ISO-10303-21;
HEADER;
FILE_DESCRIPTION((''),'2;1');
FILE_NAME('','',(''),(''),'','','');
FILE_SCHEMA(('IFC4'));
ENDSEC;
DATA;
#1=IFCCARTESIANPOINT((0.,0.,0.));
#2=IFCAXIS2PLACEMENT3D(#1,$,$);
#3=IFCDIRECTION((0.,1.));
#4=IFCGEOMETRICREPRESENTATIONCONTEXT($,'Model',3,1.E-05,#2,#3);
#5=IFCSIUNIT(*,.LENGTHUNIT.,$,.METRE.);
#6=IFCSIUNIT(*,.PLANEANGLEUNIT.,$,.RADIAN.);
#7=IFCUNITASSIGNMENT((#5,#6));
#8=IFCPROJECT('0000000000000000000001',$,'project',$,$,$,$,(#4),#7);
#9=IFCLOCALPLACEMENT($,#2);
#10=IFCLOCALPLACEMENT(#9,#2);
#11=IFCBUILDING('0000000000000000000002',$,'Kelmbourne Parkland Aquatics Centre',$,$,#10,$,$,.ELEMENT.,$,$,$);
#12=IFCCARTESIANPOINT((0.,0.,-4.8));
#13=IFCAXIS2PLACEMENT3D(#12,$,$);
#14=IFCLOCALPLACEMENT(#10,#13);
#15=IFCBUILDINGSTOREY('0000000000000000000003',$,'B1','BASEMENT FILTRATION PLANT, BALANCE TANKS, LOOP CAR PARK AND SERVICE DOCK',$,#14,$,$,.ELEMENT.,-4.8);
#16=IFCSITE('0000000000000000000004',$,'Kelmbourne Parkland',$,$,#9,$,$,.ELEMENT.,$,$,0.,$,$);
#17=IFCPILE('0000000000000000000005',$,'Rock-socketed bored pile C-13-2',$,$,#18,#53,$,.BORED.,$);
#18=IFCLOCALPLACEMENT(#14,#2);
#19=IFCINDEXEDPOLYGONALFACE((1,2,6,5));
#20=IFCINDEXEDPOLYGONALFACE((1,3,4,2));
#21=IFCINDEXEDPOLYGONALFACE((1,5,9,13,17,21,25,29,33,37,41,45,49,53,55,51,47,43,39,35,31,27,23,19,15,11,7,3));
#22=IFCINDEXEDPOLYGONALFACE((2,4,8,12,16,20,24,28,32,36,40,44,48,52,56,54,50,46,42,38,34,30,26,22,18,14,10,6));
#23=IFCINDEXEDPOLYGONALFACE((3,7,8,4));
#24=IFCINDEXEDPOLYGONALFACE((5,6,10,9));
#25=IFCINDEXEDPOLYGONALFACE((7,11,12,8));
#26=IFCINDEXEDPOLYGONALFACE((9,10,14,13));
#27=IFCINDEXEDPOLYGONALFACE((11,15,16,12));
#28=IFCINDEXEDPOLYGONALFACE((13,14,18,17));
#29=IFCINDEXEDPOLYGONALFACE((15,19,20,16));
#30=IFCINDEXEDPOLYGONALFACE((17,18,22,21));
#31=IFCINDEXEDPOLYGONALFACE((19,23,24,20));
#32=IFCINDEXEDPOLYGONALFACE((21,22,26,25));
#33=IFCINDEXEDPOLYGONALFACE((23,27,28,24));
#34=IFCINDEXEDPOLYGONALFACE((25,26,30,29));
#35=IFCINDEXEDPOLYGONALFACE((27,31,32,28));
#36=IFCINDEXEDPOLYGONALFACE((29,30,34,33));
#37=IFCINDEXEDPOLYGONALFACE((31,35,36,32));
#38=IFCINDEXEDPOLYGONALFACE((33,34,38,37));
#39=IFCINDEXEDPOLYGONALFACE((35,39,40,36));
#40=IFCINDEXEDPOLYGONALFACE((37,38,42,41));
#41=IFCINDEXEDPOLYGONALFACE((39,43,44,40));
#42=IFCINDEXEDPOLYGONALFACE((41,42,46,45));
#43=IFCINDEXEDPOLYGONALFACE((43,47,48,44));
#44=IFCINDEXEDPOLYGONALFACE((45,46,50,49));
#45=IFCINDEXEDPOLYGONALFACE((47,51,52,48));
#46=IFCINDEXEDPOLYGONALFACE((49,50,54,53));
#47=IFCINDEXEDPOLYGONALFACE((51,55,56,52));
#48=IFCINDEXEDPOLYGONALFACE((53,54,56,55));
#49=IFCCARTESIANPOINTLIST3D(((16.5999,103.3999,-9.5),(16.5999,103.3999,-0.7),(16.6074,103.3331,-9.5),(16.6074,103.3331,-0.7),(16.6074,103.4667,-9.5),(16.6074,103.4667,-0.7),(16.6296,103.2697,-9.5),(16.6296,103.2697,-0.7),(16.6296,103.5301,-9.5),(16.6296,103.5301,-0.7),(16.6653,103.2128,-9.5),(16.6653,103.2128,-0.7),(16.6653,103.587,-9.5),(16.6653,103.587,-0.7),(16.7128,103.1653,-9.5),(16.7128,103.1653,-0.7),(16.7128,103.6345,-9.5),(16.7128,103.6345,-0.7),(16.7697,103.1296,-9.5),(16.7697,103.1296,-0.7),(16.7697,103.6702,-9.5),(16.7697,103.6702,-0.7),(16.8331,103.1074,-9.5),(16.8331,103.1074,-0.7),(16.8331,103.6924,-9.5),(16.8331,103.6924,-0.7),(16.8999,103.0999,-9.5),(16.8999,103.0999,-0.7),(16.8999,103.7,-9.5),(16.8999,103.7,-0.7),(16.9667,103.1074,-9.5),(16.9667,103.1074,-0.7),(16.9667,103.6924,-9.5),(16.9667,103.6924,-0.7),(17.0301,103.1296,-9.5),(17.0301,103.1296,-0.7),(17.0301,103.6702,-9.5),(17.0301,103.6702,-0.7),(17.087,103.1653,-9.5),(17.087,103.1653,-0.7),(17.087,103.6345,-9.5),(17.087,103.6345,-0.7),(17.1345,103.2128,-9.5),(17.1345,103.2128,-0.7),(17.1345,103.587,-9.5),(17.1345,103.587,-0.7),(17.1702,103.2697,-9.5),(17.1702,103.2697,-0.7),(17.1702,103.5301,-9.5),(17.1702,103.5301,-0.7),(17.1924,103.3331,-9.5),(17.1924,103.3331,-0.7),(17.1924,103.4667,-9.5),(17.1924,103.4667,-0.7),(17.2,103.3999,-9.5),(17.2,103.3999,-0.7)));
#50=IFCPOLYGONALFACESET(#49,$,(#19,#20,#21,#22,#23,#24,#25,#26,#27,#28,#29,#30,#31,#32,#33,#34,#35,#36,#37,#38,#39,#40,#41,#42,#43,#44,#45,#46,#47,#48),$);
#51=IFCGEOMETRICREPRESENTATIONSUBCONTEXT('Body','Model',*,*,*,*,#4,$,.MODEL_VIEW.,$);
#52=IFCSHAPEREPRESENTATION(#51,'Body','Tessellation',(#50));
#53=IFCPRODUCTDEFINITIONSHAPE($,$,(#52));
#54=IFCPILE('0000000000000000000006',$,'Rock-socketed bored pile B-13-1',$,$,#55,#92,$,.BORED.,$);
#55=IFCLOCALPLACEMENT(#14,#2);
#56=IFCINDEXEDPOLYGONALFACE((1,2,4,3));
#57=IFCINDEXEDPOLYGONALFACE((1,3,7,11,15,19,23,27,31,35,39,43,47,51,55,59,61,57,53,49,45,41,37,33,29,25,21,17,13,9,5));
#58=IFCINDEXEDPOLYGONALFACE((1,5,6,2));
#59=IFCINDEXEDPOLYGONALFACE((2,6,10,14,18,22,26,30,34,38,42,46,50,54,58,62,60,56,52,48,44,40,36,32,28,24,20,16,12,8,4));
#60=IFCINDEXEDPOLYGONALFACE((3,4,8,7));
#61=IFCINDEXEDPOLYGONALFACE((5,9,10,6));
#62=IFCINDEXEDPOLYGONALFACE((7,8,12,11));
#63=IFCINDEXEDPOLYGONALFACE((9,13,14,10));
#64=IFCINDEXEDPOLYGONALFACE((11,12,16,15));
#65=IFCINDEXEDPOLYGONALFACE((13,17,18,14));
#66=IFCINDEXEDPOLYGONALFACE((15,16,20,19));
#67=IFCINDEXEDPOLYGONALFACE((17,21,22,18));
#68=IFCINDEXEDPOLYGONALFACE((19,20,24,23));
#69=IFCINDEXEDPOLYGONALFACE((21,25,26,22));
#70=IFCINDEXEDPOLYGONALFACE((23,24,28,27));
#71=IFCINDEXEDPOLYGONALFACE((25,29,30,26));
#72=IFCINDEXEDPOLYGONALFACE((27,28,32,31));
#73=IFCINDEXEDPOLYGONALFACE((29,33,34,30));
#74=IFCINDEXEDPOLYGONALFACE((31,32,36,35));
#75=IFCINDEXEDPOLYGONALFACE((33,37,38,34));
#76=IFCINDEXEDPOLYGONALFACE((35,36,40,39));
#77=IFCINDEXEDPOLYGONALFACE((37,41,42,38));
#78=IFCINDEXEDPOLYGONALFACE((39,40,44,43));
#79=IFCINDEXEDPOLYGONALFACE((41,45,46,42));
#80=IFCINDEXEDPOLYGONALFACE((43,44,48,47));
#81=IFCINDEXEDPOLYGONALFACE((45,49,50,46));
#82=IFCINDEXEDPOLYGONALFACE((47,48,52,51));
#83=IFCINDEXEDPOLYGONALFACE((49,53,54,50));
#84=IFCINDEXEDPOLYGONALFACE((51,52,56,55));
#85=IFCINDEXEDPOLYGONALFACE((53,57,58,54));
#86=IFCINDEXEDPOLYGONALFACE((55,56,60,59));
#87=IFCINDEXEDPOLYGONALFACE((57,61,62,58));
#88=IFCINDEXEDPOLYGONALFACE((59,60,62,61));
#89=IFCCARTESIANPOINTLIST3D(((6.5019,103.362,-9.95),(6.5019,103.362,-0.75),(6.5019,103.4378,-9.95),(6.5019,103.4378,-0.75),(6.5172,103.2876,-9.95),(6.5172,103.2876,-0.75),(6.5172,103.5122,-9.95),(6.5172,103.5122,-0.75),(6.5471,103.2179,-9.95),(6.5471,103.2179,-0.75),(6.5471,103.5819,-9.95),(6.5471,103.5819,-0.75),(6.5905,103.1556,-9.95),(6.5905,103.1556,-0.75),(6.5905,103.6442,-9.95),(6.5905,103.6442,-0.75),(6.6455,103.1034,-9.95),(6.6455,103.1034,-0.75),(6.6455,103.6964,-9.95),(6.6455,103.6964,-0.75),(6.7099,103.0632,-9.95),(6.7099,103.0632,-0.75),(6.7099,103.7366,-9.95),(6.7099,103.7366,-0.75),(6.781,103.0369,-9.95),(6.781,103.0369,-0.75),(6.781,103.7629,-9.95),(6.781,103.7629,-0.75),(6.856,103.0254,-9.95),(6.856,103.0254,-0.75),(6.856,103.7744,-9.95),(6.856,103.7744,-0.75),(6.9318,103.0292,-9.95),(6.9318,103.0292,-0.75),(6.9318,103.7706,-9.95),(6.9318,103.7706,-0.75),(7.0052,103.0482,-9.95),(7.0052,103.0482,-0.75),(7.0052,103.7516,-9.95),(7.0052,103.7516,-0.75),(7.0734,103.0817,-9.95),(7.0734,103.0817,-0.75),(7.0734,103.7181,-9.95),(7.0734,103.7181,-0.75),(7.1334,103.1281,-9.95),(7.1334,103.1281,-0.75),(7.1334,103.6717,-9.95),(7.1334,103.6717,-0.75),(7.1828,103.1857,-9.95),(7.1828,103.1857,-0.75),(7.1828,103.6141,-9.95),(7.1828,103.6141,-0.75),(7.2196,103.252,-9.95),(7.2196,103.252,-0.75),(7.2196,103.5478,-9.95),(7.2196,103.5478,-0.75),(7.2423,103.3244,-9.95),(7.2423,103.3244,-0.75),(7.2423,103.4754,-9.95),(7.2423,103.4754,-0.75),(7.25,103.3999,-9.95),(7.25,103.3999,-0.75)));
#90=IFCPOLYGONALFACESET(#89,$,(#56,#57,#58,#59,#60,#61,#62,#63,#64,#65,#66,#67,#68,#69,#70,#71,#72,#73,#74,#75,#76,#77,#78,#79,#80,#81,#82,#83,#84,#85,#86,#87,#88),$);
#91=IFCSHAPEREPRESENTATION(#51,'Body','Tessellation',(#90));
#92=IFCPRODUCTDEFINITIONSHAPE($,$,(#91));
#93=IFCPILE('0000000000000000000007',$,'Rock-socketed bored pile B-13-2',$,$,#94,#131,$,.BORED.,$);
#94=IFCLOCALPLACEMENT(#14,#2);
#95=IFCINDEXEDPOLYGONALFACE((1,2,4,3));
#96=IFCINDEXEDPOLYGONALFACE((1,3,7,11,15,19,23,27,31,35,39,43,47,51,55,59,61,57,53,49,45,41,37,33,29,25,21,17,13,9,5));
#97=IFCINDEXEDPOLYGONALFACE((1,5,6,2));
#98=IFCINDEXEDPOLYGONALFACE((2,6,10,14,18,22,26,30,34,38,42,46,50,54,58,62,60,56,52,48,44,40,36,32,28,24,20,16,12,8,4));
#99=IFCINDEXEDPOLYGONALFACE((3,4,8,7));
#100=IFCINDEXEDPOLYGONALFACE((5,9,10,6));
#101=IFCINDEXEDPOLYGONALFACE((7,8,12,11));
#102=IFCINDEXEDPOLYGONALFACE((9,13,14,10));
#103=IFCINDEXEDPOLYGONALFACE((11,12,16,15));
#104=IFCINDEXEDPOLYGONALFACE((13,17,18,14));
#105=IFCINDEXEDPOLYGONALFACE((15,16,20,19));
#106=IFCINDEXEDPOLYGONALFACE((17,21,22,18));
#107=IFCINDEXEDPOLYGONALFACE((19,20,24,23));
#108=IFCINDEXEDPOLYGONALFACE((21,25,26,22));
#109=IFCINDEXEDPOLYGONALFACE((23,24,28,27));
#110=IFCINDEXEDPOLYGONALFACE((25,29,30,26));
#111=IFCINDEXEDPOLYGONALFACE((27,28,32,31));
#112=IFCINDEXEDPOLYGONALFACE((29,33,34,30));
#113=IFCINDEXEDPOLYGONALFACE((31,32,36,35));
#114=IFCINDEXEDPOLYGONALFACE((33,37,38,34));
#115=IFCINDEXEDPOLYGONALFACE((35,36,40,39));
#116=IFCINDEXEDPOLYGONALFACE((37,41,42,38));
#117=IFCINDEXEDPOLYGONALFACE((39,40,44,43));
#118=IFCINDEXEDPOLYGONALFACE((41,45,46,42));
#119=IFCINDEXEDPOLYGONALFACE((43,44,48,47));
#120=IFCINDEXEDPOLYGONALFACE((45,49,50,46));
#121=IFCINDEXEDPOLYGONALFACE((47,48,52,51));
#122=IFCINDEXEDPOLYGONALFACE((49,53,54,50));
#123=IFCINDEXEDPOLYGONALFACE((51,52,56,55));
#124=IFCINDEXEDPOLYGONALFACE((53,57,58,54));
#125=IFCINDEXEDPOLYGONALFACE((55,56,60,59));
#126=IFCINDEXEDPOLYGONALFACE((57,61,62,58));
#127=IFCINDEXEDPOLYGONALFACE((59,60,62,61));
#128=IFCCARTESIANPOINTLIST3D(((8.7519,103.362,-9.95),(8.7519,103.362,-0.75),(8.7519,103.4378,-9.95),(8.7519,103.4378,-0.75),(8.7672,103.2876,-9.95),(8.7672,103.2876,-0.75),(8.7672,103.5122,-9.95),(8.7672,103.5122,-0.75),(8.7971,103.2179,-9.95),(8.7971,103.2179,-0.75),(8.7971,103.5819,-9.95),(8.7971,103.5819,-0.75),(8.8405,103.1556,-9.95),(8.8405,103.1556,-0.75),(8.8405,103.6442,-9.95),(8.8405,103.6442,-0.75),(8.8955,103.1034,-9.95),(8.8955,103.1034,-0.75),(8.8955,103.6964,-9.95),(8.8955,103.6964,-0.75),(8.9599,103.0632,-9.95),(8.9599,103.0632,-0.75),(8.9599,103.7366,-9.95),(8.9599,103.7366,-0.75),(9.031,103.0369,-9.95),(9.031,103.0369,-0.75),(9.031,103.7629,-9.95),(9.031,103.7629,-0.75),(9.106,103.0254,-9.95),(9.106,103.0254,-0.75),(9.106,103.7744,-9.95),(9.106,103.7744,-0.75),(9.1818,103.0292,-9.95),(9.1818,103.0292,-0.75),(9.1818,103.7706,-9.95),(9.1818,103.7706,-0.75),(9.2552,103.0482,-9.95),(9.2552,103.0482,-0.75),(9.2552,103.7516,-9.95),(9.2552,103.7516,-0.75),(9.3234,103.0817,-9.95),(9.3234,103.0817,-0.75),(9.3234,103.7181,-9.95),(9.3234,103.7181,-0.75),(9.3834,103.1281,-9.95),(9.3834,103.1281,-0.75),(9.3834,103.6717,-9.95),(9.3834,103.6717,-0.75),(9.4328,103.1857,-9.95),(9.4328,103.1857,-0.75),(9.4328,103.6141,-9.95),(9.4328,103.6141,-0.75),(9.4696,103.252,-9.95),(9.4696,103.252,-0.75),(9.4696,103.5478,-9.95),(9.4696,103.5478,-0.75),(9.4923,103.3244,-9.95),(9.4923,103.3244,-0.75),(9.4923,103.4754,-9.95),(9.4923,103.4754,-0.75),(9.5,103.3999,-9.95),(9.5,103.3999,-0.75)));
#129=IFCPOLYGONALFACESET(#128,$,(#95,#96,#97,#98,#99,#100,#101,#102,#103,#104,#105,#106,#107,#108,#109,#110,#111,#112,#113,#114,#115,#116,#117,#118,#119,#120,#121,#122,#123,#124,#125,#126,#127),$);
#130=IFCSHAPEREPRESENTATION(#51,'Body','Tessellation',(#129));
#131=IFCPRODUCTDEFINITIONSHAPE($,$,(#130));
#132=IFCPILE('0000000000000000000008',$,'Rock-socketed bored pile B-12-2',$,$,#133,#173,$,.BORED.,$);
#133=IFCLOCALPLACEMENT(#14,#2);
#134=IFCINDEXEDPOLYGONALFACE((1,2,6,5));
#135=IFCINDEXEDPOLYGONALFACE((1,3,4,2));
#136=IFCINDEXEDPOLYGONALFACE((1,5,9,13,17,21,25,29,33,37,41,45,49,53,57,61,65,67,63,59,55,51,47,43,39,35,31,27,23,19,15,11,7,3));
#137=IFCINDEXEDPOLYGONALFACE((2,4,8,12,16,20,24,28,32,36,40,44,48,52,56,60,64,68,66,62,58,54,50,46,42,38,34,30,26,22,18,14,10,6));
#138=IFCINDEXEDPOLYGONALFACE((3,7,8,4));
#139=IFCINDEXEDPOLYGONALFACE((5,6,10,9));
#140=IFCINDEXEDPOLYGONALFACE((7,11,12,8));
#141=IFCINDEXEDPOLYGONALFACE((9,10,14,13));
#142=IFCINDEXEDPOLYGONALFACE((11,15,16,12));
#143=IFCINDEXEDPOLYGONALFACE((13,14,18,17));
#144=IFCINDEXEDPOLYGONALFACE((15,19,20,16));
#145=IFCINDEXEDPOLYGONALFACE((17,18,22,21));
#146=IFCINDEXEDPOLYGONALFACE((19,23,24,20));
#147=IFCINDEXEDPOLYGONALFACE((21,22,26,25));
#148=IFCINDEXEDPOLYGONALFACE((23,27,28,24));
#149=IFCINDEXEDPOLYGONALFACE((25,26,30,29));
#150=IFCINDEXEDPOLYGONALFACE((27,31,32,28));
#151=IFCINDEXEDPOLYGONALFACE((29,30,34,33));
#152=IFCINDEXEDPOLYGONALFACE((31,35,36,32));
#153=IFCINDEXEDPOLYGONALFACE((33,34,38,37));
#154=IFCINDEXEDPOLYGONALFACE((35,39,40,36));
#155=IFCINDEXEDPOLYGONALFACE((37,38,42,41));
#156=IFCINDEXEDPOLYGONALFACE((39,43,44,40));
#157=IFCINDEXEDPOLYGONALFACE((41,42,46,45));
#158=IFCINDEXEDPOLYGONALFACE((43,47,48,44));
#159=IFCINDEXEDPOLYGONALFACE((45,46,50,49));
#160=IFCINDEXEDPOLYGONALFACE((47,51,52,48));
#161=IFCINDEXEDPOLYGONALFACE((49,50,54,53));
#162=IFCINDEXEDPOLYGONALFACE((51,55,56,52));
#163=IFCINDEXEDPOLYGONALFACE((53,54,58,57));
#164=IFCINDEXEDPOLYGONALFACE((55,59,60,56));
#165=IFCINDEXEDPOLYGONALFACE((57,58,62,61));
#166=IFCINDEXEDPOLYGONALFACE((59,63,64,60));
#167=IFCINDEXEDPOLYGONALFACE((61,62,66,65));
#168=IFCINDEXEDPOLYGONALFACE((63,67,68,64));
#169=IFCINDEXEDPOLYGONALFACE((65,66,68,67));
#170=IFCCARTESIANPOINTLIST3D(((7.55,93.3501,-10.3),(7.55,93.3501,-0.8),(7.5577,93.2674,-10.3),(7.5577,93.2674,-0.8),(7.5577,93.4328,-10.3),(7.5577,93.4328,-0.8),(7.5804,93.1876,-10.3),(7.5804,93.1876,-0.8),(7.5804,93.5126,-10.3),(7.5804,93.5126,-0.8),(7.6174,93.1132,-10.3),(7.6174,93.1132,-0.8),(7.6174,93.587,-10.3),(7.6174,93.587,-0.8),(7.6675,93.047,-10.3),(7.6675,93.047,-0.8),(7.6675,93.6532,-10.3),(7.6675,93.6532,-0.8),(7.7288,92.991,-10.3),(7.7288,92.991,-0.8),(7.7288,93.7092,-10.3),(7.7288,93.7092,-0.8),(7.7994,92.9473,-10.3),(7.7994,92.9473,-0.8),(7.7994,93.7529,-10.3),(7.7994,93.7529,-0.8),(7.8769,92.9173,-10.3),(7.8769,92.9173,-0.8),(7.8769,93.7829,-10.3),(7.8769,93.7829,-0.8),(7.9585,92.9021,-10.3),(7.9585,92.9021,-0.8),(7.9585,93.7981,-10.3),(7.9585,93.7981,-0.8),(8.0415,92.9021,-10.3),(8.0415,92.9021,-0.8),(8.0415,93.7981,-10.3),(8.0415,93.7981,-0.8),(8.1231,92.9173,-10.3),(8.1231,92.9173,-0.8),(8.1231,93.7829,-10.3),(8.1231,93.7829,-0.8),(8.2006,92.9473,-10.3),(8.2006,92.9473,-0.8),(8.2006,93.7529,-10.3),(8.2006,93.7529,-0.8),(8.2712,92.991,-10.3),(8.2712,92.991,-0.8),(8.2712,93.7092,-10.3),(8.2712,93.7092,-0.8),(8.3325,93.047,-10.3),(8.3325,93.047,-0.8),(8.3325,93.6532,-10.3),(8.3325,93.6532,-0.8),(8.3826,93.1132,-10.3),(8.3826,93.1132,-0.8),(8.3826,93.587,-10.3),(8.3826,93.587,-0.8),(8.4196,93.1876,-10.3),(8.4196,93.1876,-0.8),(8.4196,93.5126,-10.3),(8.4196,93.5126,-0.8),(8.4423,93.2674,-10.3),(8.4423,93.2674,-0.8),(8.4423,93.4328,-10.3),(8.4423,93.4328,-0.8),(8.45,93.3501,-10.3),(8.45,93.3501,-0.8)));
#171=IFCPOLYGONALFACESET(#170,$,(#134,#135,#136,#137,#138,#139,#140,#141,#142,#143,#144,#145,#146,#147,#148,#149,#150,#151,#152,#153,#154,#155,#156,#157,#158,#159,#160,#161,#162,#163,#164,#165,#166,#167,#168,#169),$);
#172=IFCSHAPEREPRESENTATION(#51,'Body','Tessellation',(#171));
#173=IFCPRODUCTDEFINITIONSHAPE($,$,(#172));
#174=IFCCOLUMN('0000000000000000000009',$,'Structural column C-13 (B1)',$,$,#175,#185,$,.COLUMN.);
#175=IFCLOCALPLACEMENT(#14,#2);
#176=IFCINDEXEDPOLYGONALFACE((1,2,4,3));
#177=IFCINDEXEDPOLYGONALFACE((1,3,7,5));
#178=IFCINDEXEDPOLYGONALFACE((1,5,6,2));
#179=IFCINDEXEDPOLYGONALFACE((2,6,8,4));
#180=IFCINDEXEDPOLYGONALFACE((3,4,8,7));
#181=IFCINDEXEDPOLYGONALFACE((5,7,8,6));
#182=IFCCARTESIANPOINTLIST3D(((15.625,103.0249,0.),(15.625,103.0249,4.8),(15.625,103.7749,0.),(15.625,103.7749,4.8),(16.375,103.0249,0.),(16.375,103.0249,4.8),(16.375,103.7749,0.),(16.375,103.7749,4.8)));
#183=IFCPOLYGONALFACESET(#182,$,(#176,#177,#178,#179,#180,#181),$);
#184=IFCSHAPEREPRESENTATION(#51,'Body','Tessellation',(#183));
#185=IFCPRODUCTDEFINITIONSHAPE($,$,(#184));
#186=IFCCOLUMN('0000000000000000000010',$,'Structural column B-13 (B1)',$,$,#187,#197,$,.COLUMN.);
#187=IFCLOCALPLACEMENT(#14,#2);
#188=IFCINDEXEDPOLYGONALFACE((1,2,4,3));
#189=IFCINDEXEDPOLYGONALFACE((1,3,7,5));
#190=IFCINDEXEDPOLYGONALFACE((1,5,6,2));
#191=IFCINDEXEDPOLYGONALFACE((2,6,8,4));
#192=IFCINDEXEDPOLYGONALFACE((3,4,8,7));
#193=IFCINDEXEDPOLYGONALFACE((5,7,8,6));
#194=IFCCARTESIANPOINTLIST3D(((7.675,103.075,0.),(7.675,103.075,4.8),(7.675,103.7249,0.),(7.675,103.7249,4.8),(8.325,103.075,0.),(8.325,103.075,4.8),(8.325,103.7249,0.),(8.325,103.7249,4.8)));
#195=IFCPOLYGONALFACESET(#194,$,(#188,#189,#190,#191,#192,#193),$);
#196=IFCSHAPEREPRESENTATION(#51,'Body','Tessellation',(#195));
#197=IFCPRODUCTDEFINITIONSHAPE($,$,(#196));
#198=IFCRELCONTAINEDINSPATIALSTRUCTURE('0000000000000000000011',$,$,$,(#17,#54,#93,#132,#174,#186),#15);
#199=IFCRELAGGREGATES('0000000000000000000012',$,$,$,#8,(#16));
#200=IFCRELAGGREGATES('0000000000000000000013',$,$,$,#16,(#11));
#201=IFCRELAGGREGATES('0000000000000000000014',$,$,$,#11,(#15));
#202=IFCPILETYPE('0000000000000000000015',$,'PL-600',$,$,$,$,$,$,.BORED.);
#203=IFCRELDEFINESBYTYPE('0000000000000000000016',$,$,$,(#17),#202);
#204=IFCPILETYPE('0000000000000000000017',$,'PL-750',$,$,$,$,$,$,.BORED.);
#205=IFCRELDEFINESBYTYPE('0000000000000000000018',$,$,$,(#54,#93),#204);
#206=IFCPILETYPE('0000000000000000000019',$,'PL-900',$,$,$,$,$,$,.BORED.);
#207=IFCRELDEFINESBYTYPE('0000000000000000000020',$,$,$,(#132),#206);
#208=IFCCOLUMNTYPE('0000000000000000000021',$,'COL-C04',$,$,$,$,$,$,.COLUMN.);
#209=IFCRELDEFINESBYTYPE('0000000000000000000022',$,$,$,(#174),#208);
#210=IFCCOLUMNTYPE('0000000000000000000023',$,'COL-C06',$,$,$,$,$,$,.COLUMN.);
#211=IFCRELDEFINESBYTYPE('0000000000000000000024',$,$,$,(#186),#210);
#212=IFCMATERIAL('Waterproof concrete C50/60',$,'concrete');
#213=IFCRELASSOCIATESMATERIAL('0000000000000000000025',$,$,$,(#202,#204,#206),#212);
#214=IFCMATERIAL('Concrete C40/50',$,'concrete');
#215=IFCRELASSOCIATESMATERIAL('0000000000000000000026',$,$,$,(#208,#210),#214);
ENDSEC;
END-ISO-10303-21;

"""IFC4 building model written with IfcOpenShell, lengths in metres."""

from ifc_helpers import new_model, si_unit, direction, frame, origin, origin_2d, place, context, subcontext, project, spatial, rectangle, circle, extrude, material, material_profile, profile_set, type_object, element, save


model = new_model("IFC4")

# Units and contexts
model_context = context("Model", 3, precision=1e-05, world=origin(), true_north=direction((0.0, 1.0)))
body_context = subcontext(model_context, "Body", "Model", "MODEL_VIEW")
ifc_project = project(units=[si_unit("LENGTHUNIT", "METRE"), si_unit("PLANEANGLEUNIT", "RADIAN")], contexts=[model_context])

# Site, building, storey
site_placement = place(None, origin())
site = spatial("IfcSite", under=ifc_project, at=site_placement, Name="Kelmbourne Parkland", CompositionType="ELEMENT", RefElevation=0.0)
building_placement = place(site_placement, origin())
building = spatial("IfcBuilding", under=site, at=building_placement, Name="Kelmbourne Parkland Aquatics Centre", CompositionType="ELEMENT")
storey_placement = place(building_placement, frame((0.0, 0.0, -4.8)))
storey = spatial("IfcBuildingStorey", under=building, at=storey_placement, Name="B1", Description="BASEMENT FILTRATION PLANT, BALANCE TANKS, LOOP CAR PARK AND SERVICE DOCK", CompositionType="ELEMENT", Elevation=-4.8)

# Shared definitions
ifc_material_1 = material(Name="Waterproof concrete C50/60", Category="concrete")

# Piles
ifc_material_profile_1 = material_profile(ifc_material_1, circle(Radius=0.3, at=origin_2d()), Name="PILE D600")
ifc_profile_set_1 = profile_set([ifc_material_profile_1], Name="Waterproof concrete C50/60")
pile_type_1 = type_object("IfcPileType", Name="PL-600", PredefinedType="BORED", material=ifc_profile_set_1)
for number, where, z_axis, x_axis, name in (
    (1, (16.8999, 103.3999, -0.7), (0.0, 0.0, -1.0), (1.0, 0.0, 0.0), "Rock-socketed bored pile C-13-2"),
):
    element("IfcPile", number, at=place(storey_placement, frame(where, z_axis=z_axis, x_axis=x_axis)), inside=storey, type_object=pile_type_1, Name=name, PredefinedType="BORED", context=body_context, shape_type="SweptSolid", body=[
        extrude(circle(Radius=0.3, at=origin_2d()), origin(), (0.0, 0.0, 1.0), 8.8),
    ])
ifc_material_profile_2 = material_profile(ifc_material_1, circle(Radius=0.375, at=origin_2d()), Name="PILE D750")
ifc_profile_set_2 = profile_set([ifc_material_profile_2], Name="Waterproof concrete C50/60")
pile_type_2 = type_object("IfcPileType", Name="PL-750", PredefinedType="BORED", material=ifc_profile_set_2)
for number, where, z_axis, x_axis, name in (
    (2, (6.875, 103.3999, -0.75), (0.0, 0.0, -1.0), (1.0, 0.0, 0.0), "Rock-socketed bored pile B-13-1"),
    (3, (9.125, 103.3999, -0.75), (0.0, 0.0, -1.0), (1.0, 0.0, 0.0), "Rock-socketed bored pile B-13-2"),
):
    element("IfcPile", number, at=place(storey_placement, frame(where, z_axis=z_axis, x_axis=x_axis)), inside=storey, type_object=pile_type_2, Name=name, PredefinedType="BORED", context=body_context, shape_type="SweptSolid", body=[
        extrude(circle(Radius=0.375, at=origin_2d()), origin(), (0.0, 0.0, 1.0), 9.2),
    ])
ifc_material_profile_3 = material_profile(ifc_material_1, circle(Radius=0.45, at=origin_2d()), Name="PILE D900")
ifc_profile_set_3 = profile_set([ifc_material_profile_3], Name="Waterproof concrete C50/60")
pile_type_3 = type_object("IfcPileType", Name="PL-900", PredefinedType="BORED", material=ifc_profile_set_3)
pile_placement = place(storey_placement, frame((8.0, 93.3501, -0.8), z_axis=(0.0, 0.0, -1.0), x_axis=(1.0, 0.0, 0.0)))
element("IfcPile", 4, at=pile_placement, inside=storey, type_object=pile_type_3, Name="Rock-socketed bored pile B-12-2", PredefinedType="BORED", context=body_context, shape_type="SweptSolid", body=[
    extrude(circle(Radius=0.45, at=origin_2d()), origin(), (0.0, 0.0, 1.0), 9.5),
])

# Columns
ifc_material_2 = material(Name="Concrete C40/50", Category="concrete")
ifc_material_profile_4 = material_profile(ifc_material_2, rectangle(XDim=0.75, YDim=0.75, at=origin_2d()), Name="RC 750x750")
ifc_profile_set_4 = profile_set([ifc_material_profile_4], Name="Concrete C40/50")
column_type_1 = type_object("IfcColumnType", Name="COL-C04", PredefinedType="COLUMN", material=ifc_profile_set_4)
column_1_placement = place(storey_placement, frame((16.0, 103.3999, 0.0), z_axis=(0.0, 0.0, 1.0), x_axis=(1.0, 0.0, 0.0)))
element("IfcColumn", 5, at=column_1_placement, inside=storey, type_object=column_type_1, Name="Structural column C-13 (B1)", PredefinedType="COLUMN", context=body_context, shape_type="SweptSolid", body=[
    extrude(rectangle(XDim=0.75, YDim=0.75, at=origin_2d()), origin(), (0.0, 0.0, 1.0), 4.8),
])
ifc_material_profile_5 = material_profile(ifc_material_2, rectangle(XDim=0.6499, YDim=0.6499, at=origin_2d()), Name="RC 650x650")
ifc_profile_set_5 = profile_set([ifc_material_profile_5], Name="Concrete C40/50")
column_type_2 = type_object("IfcColumnType", Name="COL-C06", PredefinedType="COLUMN", material=ifc_profile_set_5)
column_2_placement = place(storey_placement, frame((8.0, 103.3999, 0.0), z_axis=(0.0, 0.0, 1.0), x_axis=(1.0, 0.0, 0.0)))
element("IfcColumn", 6, at=column_2_placement, inside=storey, type_object=column_type_2, Name="Structural column B-13 (B1)", PredefinedType="COLUMN", context=body_context, shape_type="SweptSolid", body=[
    extrude(rectangle(XDim=0.6499, YDim=0.6499, at=origin_2d()), origin(), (0.0, 0.0, 1.0), 4.8),
])

save(model, "model.ifc")
